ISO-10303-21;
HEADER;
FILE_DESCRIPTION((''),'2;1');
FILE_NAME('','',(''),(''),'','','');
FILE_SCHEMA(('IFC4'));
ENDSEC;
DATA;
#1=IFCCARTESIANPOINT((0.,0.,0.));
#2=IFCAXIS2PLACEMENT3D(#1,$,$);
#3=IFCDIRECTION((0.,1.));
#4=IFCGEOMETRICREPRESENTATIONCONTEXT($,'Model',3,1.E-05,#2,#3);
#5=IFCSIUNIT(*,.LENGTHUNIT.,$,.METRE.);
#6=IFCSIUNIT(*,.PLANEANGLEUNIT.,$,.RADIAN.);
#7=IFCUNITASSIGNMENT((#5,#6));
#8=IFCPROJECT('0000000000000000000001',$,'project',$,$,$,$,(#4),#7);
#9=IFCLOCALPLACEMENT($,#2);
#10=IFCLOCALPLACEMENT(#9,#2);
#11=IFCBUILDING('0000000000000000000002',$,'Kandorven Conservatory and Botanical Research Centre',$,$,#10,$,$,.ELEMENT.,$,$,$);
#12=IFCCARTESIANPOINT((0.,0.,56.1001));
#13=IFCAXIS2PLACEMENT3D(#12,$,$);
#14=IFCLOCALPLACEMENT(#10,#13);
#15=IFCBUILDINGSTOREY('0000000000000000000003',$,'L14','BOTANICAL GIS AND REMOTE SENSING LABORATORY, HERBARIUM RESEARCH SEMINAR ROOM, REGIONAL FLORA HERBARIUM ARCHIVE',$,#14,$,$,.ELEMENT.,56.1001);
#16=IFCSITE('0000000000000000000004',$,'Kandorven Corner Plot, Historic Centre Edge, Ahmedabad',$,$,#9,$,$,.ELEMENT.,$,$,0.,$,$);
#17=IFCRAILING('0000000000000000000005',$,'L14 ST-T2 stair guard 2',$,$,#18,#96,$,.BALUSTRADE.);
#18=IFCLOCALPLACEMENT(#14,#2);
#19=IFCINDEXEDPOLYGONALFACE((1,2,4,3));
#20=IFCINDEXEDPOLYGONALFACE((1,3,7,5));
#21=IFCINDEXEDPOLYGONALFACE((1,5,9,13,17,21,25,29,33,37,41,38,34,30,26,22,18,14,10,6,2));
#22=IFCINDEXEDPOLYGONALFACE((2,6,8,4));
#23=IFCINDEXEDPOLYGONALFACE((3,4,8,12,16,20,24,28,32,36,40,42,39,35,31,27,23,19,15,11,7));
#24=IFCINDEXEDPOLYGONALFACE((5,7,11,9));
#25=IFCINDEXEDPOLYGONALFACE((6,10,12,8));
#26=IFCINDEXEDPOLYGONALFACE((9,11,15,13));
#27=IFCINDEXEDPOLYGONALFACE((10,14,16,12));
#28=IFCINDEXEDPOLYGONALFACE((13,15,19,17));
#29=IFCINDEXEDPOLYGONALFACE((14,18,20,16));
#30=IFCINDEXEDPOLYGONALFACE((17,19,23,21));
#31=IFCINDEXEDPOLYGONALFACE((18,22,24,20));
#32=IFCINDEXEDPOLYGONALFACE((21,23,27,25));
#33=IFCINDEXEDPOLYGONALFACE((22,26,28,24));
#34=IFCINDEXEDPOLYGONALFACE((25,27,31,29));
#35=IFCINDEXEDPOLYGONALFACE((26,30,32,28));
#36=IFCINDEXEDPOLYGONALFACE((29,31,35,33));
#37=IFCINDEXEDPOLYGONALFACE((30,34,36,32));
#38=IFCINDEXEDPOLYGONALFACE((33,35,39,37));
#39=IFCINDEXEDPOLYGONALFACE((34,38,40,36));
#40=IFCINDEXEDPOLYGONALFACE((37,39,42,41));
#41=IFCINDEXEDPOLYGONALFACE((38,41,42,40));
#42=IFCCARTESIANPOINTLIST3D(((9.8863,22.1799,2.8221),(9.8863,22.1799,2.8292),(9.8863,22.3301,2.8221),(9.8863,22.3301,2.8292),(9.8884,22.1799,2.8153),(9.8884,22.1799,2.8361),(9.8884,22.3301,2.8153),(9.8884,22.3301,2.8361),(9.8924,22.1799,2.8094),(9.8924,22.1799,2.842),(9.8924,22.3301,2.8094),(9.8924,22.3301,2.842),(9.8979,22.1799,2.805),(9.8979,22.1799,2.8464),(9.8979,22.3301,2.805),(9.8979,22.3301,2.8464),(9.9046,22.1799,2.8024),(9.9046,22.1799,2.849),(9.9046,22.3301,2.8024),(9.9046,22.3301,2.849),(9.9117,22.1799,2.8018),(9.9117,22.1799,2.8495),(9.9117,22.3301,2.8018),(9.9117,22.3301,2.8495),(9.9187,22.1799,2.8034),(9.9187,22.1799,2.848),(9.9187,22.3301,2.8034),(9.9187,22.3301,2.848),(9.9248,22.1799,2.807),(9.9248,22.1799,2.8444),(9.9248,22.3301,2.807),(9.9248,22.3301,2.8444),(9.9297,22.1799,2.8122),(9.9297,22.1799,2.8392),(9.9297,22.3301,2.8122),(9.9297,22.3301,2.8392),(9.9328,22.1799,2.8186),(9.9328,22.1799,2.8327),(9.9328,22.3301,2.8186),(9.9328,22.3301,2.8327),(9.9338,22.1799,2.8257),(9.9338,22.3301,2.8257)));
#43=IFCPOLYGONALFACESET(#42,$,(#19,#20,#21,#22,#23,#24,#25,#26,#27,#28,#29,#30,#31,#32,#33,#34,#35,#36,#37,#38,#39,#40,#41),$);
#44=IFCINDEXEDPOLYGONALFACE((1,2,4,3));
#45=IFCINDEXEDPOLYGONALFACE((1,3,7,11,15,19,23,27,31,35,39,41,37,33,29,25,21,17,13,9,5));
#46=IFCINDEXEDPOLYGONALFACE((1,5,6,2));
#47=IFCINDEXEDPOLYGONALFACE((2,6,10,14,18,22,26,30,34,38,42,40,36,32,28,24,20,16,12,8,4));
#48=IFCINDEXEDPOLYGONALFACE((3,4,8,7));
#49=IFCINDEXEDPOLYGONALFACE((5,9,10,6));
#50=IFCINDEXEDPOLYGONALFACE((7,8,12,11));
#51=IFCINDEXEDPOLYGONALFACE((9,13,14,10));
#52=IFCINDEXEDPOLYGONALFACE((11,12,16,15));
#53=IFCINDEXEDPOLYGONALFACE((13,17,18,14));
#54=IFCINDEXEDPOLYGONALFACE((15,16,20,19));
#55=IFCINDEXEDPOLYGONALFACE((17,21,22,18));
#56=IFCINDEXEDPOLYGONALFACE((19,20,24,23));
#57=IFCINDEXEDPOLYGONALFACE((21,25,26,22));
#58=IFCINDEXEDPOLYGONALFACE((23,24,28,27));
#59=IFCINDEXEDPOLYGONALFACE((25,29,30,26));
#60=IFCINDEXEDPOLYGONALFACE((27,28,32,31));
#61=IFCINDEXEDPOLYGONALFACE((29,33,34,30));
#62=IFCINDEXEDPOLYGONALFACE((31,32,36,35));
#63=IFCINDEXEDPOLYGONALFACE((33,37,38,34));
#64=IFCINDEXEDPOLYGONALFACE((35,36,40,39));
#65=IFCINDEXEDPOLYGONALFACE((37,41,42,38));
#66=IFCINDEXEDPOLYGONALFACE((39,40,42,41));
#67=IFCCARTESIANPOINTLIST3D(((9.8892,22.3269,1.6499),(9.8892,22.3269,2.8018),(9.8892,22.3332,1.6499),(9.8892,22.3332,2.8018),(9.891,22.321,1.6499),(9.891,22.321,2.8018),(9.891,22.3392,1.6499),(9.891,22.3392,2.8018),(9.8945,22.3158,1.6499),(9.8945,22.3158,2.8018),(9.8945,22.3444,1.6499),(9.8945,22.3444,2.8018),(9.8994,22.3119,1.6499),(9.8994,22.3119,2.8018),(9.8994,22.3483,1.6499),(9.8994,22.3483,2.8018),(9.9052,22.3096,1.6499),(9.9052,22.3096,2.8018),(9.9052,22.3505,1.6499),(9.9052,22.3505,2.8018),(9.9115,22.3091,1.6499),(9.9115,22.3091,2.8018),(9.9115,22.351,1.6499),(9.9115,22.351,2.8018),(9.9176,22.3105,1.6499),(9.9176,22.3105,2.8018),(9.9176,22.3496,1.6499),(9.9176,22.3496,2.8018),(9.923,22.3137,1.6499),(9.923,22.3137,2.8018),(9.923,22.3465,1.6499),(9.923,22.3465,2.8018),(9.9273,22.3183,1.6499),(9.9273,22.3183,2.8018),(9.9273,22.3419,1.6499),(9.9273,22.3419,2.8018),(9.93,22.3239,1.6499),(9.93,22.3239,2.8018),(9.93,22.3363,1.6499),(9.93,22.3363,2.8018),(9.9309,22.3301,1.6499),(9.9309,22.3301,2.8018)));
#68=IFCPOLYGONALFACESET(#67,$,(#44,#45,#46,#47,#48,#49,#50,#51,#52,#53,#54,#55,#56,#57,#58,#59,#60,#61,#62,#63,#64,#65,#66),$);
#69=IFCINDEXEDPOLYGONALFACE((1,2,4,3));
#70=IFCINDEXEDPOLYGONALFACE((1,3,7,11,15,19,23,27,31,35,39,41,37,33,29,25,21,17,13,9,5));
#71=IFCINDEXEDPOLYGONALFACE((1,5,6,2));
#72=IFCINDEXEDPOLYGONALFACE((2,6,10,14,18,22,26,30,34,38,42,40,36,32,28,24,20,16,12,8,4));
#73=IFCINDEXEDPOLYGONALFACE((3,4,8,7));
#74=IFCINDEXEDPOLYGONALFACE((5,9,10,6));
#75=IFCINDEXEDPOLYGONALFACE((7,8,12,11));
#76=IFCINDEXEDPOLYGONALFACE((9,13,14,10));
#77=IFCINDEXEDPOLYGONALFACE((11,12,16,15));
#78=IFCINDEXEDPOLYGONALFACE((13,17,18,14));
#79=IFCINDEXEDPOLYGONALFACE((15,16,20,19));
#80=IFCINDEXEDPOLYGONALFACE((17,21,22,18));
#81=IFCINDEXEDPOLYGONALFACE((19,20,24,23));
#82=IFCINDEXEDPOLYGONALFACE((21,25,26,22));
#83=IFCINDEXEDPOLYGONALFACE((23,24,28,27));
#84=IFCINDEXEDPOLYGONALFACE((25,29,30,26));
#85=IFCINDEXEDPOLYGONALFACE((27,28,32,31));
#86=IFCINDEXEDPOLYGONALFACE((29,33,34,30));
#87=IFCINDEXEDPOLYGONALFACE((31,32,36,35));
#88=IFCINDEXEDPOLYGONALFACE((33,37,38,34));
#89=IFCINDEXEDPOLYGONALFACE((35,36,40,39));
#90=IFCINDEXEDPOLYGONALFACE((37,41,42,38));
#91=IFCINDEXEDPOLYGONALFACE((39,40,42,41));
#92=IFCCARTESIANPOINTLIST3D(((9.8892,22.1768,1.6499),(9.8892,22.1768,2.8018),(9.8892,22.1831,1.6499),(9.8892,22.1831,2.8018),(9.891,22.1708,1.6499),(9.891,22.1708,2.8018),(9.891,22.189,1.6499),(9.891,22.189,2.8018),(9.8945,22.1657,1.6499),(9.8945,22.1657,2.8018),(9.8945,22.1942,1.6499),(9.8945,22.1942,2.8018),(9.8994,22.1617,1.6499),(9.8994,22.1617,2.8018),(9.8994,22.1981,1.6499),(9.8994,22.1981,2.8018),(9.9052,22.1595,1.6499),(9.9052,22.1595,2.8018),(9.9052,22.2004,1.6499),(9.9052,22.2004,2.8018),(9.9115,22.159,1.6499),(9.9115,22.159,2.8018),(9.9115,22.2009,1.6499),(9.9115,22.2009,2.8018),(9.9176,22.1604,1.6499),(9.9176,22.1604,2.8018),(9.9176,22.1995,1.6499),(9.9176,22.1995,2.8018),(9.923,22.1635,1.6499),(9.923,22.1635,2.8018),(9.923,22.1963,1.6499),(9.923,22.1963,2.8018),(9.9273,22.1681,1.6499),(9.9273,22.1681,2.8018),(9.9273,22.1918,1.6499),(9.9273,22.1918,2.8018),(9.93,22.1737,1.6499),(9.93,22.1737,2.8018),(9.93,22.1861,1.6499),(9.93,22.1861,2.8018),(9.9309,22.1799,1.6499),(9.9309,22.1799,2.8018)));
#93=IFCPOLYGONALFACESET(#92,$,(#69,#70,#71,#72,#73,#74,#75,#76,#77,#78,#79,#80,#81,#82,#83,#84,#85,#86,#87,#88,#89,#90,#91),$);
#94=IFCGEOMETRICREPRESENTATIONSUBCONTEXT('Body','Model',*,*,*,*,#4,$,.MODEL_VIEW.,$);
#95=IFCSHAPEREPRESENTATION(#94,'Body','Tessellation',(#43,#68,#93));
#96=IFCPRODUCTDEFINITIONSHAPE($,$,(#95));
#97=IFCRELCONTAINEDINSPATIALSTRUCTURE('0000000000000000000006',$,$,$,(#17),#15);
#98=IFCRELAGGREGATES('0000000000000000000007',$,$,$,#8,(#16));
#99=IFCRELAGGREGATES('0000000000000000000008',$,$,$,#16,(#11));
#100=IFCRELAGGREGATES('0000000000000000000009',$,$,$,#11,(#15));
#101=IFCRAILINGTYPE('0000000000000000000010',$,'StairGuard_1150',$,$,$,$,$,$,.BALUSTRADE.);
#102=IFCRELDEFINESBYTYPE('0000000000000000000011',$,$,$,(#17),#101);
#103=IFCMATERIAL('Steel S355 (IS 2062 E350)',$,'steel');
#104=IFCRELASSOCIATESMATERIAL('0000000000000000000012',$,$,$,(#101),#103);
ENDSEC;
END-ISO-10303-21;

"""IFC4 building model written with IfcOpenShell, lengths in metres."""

from ifc_helpers import new_model, si_unit, direction, frame, origin, origin_2d, place, context, subcontext, project, spatial, circle, extrude, material, type_object, element, save


model = new_model("IFC4")

# Units and contexts
model_context = context("Model", 3, precision=1e-05, world=origin(), true_north=direction((0.0, 1.0)))
body_context = subcontext(model_context, "Body", "Model", "MODEL_VIEW")
ifc_project = project(units=[si_unit("LENGTHUNIT", "METRE"), si_unit("PLANEANGLEUNIT", "RADIAN")], contexts=[model_context])

# Site, building, storey
site_placement = place(None, origin())
site = spatial("IfcSite", under=ifc_project, at=site_placement, Name="Kandorven Corner Plot, Historic Centre Edge, Ahmedabad", CompositionType="ELEMENT", RefElevation=0.0)
building_placement = place(site_placement, origin())
building = spatial("IfcBuilding", under=site, at=building_placement, Name="Kandorven Conservatory and Botanical Research Centre", CompositionType="ELEMENT")
storey_placement = place(building_placement, frame((0.0, 0.0, 56.1001)))
storey = spatial("IfcBuildingStorey", under=building, at=storey_placement, Name="L14", Description="BOTANICAL GIS AND REMOTE SENSING LABORATORY, HERBARIUM RESEARCH SEMINAR ROOM, REGIONAL FLORA HERBARIUM ARCHIVE", CompositionType="ELEMENT", Elevation=56.1001)

# Railing
ifc_material_1 = material(Name="Steel S355 (IS 2062 E350)", Category="steel")
railing_type_1 = type_object("IfcRailingType", Name="StairGuard_1150", PredefinedType="BALUSTRADE", material=ifc_material_1)
railing_1_placement = place(storey_placement, frame((9.9099, 22.3301, 1.6499)))
element("IfcRailing", 1, at=railing_1_placement, inside=storey, type_object=railing_type_1, Name="L14 ST-T2 stair guard 2", PredefinedType="BALUSTRADE", context=body_context, shape_type="SweptSolid", body=[
    extrude(circle(Radius=0.0239, at=origin_2d()), frame((0.0, 0.0, 1.1758), z_axis=(0.0, -1.0, 0.0), x_axis=(1.0, 0.0, 0.0)), (0.0, 0.0, 1.0), 0.1501),
    extrude(circle(Radius=0.021, at=origin_2d()), origin(), (0.0, 0.0, 1.0), 1.1519),
    extrude(circle(Radius=0.021, at=origin_2d()), frame((0.0, -0.1501, 0.0)), (0.0, 0.0, 1.0), 1.1519),
])

save(model, "model.ifc")
